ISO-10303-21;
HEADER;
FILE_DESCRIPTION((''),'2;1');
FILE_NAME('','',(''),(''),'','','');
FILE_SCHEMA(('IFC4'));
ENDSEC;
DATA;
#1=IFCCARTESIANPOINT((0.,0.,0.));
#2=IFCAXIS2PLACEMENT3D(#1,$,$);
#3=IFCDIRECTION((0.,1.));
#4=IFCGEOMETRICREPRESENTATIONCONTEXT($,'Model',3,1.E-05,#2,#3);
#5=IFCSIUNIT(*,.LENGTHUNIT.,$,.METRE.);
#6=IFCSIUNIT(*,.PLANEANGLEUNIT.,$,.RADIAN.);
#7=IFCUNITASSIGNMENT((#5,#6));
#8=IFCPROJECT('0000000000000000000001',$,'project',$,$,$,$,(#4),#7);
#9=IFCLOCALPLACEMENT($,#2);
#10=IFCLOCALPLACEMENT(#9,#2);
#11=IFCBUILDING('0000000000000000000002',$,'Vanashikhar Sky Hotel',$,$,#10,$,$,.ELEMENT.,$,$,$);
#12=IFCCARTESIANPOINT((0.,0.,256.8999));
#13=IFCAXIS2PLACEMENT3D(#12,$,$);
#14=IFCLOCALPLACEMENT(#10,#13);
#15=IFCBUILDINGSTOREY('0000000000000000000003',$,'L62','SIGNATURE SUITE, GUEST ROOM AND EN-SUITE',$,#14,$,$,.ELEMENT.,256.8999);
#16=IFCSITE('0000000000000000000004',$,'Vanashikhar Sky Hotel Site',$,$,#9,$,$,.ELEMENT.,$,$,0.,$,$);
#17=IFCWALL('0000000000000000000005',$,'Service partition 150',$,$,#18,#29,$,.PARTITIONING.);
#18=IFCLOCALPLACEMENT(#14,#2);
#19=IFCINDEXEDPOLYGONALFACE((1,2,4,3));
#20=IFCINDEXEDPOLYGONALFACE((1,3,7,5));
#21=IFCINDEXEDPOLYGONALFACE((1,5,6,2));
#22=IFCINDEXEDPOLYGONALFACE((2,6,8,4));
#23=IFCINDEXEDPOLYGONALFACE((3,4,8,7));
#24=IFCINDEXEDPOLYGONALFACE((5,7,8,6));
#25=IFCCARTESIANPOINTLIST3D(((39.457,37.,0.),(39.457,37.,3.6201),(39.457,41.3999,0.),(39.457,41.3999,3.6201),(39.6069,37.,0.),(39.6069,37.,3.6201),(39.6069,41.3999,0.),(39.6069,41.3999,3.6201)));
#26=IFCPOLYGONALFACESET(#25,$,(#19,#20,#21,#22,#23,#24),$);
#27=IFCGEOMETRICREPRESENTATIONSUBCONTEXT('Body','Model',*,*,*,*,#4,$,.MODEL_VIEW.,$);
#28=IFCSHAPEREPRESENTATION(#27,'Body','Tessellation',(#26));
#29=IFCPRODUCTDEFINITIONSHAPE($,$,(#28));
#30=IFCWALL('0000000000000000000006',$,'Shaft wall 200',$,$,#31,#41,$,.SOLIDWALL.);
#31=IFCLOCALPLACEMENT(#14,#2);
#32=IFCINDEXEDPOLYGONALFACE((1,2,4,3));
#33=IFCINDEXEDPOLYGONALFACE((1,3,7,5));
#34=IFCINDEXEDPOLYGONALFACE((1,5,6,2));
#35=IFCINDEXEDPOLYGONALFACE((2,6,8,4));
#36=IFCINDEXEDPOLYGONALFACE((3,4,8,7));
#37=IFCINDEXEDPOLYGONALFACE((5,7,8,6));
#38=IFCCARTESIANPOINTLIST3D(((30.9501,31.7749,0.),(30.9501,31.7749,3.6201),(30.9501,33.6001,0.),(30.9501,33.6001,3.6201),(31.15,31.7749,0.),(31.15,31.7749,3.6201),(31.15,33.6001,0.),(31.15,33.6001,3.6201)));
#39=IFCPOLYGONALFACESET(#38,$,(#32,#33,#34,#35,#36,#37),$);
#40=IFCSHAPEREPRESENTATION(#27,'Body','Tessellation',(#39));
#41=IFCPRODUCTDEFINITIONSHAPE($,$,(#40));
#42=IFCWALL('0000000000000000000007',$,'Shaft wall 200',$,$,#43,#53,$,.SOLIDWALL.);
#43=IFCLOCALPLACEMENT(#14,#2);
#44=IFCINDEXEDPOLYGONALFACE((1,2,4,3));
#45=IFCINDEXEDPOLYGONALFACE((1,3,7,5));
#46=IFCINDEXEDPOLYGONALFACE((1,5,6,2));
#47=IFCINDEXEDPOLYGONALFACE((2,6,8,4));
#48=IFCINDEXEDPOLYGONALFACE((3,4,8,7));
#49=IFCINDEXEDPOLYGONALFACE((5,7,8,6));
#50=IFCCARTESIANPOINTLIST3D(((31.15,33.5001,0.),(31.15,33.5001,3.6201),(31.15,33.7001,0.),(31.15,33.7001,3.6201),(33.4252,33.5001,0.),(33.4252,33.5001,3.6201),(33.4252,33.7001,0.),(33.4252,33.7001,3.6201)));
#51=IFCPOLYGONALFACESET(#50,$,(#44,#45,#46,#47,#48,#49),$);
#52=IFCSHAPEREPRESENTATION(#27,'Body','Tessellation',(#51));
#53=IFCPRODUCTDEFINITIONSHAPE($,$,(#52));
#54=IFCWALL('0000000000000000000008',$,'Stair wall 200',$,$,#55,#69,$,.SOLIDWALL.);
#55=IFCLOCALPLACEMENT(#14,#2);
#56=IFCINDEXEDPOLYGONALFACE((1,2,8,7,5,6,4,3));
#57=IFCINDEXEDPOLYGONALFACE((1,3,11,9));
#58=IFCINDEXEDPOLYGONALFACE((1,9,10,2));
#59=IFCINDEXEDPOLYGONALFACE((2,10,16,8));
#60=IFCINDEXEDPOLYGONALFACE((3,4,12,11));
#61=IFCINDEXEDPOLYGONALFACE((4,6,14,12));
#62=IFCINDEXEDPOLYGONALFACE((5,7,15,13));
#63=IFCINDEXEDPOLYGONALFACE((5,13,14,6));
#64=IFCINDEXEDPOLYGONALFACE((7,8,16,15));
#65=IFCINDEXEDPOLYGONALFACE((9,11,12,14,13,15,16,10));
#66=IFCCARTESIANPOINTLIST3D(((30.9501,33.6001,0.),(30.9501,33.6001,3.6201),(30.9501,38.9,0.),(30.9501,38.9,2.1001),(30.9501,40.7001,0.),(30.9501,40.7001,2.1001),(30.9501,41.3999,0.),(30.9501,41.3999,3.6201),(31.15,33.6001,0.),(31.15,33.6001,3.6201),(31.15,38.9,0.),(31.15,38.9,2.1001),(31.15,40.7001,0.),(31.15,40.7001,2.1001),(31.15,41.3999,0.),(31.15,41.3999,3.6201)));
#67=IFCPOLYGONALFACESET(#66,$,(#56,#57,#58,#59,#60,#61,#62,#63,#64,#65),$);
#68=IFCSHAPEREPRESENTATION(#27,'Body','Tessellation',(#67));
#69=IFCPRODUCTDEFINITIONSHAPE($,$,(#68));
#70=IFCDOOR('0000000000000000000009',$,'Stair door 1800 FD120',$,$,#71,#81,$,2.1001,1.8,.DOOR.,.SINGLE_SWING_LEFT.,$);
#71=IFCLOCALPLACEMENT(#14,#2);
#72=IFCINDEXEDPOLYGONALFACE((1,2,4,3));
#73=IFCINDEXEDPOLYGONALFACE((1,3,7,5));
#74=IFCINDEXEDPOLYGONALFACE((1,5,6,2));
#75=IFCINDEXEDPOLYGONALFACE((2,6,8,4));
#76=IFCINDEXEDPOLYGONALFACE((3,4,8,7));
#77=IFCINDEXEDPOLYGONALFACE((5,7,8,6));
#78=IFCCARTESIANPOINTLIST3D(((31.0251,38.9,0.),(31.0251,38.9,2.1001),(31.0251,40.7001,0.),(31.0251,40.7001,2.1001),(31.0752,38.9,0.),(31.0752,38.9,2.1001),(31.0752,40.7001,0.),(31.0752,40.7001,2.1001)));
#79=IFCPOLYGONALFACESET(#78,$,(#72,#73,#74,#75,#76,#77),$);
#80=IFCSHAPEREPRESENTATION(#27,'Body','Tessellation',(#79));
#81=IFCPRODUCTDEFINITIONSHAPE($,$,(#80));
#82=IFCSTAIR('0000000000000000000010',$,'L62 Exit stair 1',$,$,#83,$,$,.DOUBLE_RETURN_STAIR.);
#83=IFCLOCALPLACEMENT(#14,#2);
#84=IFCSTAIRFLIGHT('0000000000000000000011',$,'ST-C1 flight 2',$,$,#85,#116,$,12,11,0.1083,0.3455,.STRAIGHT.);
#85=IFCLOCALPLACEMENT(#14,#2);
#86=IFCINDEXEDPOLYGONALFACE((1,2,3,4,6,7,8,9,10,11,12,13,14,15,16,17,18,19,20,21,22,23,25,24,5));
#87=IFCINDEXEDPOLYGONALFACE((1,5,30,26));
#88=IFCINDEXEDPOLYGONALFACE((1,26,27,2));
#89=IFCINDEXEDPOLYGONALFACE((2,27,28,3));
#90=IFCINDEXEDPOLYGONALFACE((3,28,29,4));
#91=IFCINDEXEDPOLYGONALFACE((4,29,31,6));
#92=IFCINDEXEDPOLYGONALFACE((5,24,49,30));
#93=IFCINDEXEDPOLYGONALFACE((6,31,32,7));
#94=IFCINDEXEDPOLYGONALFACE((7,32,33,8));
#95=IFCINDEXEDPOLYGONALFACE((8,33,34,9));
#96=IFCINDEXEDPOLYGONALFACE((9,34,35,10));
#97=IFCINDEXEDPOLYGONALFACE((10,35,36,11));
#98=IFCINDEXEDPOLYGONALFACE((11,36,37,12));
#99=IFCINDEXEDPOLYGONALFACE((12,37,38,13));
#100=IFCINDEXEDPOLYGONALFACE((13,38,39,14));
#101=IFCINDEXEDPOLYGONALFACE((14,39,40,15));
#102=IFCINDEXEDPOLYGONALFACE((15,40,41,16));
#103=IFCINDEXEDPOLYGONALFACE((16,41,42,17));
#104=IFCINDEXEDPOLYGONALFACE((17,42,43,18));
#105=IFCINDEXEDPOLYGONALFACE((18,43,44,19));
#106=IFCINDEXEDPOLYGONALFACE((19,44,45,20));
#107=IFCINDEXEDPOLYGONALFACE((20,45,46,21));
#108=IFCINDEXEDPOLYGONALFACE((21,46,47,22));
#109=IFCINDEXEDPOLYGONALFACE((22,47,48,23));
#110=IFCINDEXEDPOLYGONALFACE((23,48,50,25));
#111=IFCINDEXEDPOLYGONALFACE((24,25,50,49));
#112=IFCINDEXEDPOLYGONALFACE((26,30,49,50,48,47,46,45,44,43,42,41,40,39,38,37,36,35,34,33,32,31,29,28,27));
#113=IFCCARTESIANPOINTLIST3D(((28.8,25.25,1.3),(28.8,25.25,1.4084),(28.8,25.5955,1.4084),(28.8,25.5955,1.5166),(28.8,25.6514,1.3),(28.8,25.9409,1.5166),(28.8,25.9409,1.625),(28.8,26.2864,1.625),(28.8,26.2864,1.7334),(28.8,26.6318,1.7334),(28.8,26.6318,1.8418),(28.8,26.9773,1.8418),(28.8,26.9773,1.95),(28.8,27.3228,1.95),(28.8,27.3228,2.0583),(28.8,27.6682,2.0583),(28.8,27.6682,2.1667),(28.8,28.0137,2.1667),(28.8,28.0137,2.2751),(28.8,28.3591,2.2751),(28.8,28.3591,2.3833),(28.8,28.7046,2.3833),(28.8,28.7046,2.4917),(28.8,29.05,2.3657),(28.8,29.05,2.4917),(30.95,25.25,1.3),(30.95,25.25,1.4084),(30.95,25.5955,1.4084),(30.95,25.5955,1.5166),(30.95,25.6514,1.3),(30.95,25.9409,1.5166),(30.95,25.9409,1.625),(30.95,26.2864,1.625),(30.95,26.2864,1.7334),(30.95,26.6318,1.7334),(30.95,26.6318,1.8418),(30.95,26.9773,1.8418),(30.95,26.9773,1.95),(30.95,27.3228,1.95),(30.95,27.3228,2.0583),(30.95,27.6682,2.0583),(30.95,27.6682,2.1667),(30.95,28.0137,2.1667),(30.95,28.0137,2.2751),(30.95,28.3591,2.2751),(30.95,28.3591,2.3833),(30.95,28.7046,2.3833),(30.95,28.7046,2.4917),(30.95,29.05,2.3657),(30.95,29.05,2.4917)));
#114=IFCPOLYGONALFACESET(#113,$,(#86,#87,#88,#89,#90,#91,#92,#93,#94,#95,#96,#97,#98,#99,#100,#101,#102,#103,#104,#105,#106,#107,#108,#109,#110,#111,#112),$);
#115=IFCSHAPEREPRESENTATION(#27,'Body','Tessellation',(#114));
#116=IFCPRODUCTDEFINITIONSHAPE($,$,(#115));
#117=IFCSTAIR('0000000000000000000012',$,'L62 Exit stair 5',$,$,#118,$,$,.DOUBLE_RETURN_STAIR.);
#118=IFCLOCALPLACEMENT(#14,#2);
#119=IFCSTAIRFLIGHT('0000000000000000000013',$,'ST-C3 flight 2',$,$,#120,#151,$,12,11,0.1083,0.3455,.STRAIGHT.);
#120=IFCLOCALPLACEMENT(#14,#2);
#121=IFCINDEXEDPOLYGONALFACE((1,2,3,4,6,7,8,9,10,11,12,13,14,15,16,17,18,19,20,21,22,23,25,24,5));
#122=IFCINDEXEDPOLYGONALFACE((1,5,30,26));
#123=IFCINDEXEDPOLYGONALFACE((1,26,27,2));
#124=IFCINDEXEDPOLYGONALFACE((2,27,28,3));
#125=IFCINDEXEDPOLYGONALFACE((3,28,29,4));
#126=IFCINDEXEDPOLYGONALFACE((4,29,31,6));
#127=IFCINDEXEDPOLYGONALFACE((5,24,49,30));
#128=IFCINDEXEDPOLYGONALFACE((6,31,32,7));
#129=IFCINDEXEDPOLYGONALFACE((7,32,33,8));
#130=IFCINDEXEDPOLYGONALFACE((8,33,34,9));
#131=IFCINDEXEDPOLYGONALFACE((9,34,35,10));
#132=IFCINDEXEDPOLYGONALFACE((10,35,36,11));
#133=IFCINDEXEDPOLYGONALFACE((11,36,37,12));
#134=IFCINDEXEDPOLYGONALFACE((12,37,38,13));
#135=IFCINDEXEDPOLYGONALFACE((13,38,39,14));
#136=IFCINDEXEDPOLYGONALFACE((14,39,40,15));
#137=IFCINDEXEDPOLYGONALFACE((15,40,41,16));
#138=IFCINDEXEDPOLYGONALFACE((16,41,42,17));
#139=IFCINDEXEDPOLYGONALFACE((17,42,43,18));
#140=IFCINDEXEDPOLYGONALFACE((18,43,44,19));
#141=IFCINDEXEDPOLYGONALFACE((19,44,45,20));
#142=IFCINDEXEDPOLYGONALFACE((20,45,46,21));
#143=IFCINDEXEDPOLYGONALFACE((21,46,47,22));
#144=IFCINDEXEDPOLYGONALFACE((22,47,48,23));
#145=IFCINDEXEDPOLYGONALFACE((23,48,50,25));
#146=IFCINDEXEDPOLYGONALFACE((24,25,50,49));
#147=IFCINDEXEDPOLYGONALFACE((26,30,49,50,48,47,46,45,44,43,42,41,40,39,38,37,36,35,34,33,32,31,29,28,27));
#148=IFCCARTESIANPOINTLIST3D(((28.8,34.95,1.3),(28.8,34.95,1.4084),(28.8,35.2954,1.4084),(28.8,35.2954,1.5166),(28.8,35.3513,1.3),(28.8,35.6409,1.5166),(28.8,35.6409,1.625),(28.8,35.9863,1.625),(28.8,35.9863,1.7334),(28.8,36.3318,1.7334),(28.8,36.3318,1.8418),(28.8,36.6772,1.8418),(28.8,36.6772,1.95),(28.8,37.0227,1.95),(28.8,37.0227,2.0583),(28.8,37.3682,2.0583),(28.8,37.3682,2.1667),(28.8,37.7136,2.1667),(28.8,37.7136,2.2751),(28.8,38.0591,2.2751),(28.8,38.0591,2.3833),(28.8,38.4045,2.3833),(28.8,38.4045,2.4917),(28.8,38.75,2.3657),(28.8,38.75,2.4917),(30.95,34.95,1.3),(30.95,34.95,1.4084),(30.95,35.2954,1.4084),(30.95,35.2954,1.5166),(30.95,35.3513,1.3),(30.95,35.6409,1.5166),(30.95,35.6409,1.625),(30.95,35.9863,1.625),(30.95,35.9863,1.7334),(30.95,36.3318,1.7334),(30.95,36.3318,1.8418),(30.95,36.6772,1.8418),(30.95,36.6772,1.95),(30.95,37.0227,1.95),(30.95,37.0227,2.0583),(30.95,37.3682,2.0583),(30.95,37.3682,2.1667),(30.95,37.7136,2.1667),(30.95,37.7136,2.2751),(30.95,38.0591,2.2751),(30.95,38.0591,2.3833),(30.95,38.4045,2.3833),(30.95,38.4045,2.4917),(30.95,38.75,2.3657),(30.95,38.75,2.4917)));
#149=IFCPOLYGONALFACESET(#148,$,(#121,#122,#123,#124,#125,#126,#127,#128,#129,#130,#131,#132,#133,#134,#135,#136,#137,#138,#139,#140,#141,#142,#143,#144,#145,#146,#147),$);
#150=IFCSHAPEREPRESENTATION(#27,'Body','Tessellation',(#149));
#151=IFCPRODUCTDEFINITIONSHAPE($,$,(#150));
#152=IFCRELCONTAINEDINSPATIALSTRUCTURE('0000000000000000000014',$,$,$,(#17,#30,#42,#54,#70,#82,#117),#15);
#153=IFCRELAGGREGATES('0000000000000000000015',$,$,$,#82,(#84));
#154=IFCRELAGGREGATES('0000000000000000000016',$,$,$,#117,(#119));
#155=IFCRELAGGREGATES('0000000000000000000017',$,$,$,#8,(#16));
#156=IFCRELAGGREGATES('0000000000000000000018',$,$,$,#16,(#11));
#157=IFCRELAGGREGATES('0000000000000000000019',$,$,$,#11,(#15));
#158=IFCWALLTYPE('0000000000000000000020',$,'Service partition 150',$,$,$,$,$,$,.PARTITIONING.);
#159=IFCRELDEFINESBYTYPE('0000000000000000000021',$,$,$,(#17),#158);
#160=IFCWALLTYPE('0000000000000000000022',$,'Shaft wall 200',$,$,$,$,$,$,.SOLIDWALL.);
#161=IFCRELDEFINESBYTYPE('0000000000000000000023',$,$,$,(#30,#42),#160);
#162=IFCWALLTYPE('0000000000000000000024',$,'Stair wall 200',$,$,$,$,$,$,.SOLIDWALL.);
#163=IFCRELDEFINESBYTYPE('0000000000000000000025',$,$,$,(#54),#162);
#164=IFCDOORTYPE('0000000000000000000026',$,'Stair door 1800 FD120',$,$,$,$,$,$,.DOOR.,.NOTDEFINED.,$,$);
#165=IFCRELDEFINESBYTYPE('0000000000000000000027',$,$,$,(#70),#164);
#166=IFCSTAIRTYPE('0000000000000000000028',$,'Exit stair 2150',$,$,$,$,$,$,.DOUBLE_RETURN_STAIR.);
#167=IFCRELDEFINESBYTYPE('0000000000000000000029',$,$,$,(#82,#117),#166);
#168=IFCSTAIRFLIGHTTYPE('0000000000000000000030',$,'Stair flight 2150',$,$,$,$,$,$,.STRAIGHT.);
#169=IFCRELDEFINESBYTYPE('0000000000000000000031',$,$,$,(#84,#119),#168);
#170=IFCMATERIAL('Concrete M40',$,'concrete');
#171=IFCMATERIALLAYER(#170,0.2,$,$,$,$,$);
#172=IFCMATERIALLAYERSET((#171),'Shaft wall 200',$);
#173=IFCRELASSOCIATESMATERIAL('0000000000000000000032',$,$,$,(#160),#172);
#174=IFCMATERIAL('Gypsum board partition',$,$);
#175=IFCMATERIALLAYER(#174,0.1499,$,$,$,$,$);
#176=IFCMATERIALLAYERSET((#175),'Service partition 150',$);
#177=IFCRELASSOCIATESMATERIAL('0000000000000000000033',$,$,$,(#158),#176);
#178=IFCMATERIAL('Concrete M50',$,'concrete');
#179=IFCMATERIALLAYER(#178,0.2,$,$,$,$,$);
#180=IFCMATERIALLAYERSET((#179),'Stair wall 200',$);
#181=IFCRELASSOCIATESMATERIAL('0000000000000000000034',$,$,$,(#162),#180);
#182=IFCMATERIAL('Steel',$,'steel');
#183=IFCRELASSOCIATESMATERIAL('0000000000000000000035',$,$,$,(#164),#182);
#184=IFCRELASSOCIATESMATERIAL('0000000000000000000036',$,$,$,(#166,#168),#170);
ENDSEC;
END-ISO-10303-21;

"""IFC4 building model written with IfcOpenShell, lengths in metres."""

from ifc_helpers import new_model, si_unit, direction, frame, frame_2d, origin, place, context, subcontext, project, spatial, polyline, rectangle, outline, extrude, source, transform, mapped, material, layer, layer_set, type_object, element, fill, aggregate, save


model = new_model("IFC4")

# Units and contexts
model_context = context("Model", 3, precision=1e-05, world=origin(), true_north=direction((0.0, 1.0)))
body_context = subcontext(model_context, "Body", "Model", "MODEL_VIEW")
ifc_project = project(units=[si_unit("LENGTHUNIT", "METRE"), si_unit("PLANEANGLEUNIT", "RADIAN")], contexts=[model_context])

# Site, building, storey
site_placement = place(None, origin())
site = spatial("IfcSite", under=ifc_project, at=site_placement, Name="Vanashikhar Sky Hotel Site", CompositionType="ELEMENT", RefElevation=0.0)
building_placement = place(site_placement, origin())
building = spatial("IfcBuilding", under=site, at=building_placement, Name="Vanashikhar Sky Hotel", CompositionType="ELEMENT")
storey_placement = place(building_placement, frame((0.0, 0.0, 256.8999)))
storey = spatial("IfcBuildingStorey", under=building, at=storey_placement, Name="L62", Description="SIGNATURE SUITE, GUEST ROOM AND EN-SUITE", CompositionType="ELEMENT", Elevation=256.8999)

# Shared definitions
ifc_material_1 = material(Name="Steel", Category="steel")

# Shared definitions
ifc_material_2 = material(Name="Concrete M40", Category="concrete")
ifc_layer_1 = layer(ifc_material_2, 0.2)
ifc_layer_set_1 = layer_set([ifc_layer_1], Name="Shaft wall 200")
wall_type_1 = type_object("IfcWallType", Name="Shaft wall 200", PredefinedType="SOLIDWALL", material=ifc_layer_set_1)

# Shared definitions
ifc_material_3 = material(Name="Gypsum board partition")
ifc_layer_2 = layer(ifc_material_3, 0.1499)
ifc_layer_set_2 = layer_set([ifc_layer_2], Name="Service partition 150")
wall_type_2 = type_object("IfcWallType", Name="Service partition 150", PredefinedType="PARTITIONING", material=ifc_layer_set_2)

# Walls
shared_shape_1 = source(origin(), body_context, "Body", "SweptSolid", [
    extrude(rectangle(XDim=4.3999, YDim=0.1499, at=frame_2d((2.2, 0.0))), origin(), (0.0, 0.0, 1.0), 3.6201),
])
for number, where, z_axis, x_axis, name in (
    (1, (39.532, 37.0, 0.0), (0.0, 0.0, 1.0), (0.0, 1.0, 0.0), "Service partition 150"),
):
    element("IfcWall", number, at=place(storey_placement, frame(where, z_axis=z_axis, x_axis=x_axis)), inside=storey, type_object=wall_type_2, Name=name, PredefinedType="PARTITIONING", context=body_context, shape_type="MappedRepresentation", body=[
        mapped(shared_shape_1, transform((0.0, 0.0, 0.0), scale=1.0)),
    ])
shared_shape_2 = source(origin(), body_context, "Body", "SweptSolid", [
    extrude(rectangle(XDim=1.8252, YDim=0.2, at=frame_2d((0.9126, 0.0))), origin(), (0.0, 0.0, 1.0), 3.6201),
])
wall_1_placement = place(storey_placement, frame((31.05, 31.7749, 0.0), z_axis=(0.0, 0.0, 1.0), x_axis=(0.0, 1.0, 0.0)))
element("IfcWall", 2, at=wall_1_placement, inside=storey, type_object=wall_type_1, Name="Shaft wall 200", PredefinedType="SOLIDWALL", context=body_context, shape_type="MappedRepresentation", body=[
    mapped(shared_shape_2, transform((0.0, 0.0, 0.0), scale=1.0)),
])
shared_shape_3 = source(origin(), body_context, "Body", "SweptSolid", [
    extrude(rectangle(XDim=2.2751, YDim=0.2, at=frame_2d((1.1377, 0.0))), origin(), (0.0, 0.0, 1.0), 3.6201),
])
wall_2_placement = place(storey_placement, frame((31.1499, 33.6001, 0.0), z_axis=(0.0, 0.0, 1.0), x_axis=(1.0, 0.0, 0.0)))
element("IfcWall", 3, at=wall_2_placement, inside=storey, type_object=wall_type_1, Name="Shaft wall 200", PredefinedType="SOLIDWALL", context=body_context, shape_type="MappedRepresentation", body=[
    mapped(shared_shape_3, transform((0.0, 0.0, 0.0), scale=1.0)),
])

# Wall, opening, door
ifc_material_4 = material(Name="Concrete M50", Category="concrete")
ifc_layer_3 = layer(ifc_material_4, 0.2)
ifc_layer_set_3 = layer_set([ifc_layer_3], Name="Stair wall 200")
wall_type_3 = type_object("IfcWallType", Name="Stair wall 200", PredefinedType="SOLIDWALL", material=ifc_layer_set_3)
shared_shape_4 = source(origin(), body_context, "Body", "SweptSolid", [
    extrude(rectangle(XDim=7.7998, YDim=0.2, at=frame_2d((3.8999, 0.0))), origin(), (0.0, 0.0, 1.0), 3.6201),
])
wall_3_placement = place(storey_placement, frame((31.05, 33.6001, 0.0), z_axis=(0.0, 0.0, 1.0), x_axis=(0.0, 1.0, 0.0)))
wall_3 = element("IfcWall", 4, at=wall_3_placement, inside=storey, type_object=wall_type_3, Name="Stair wall 200", PredefinedType="SOLIDWALL", context=body_context, shape_type="MappedRepresentation", body=[
    mapped(shared_shape_4, transform((0.0, 0.0, 0.0), scale=1.0)),
])
shared_shape_5 = source(origin(), body_context, "Body", "SweptSolid", [
    extrude(rectangle(XDim=1.8, YDim=2.1001, at=frame_2d((0.8999, 1.05))), frame((0.0, 0.1099, 0.0), z_axis=(0.0, -1.0, 0.0), x_axis=(1.0, 0.0, 0.0)), (0.0, 0.0, 1.0), 0.22),
])
opening_1_placement = place(wall_3_placement, frame((5.3, 0.0, 0.0)))
opening_1 = element("IfcOpeningElement", 5, at=opening_1_placement, cuts=wall_3, PredefinedType="OPENING", context=body_context, shape_type="MappedRepresentation", body=[
    mapped(shared_shape_5, transform((0.0, 0.0, 0.0), scale=1.0)),
])
door_type_1 = type_object("IfcDoorType", Name="Stair door 1800 FD120", OperationType="NOTDEFINED", PredefinedType="DOOR", material=ifc_material_1)
shared_shape_6 = source(origin(), body_context, "Body", "SweptSolid", [
    extrude(rectangle(XDim=1.8, YDim=2.1001, at=frame_2d((0.8999, 1.05))), frame((0.0, 0.0249, 0.0), z_axis=(0.0, -1.0, 0.0), x_axis=(1.0, 0.0, 0.0)), (0.0, 0.0, 1.0), 0.05),
])
door_1_placement = place(opening_1_placement, origin())
door_1 = element("IfcDoor", 6, at=door_1_placement, inside=storey, type_object=door_type_1, Name="Stair door 1800 FD120", OperationType="SINGLE_SWING_LEFT", OverallHeight=2.1001, OverallWidth=1.8, PredefinedType="DOOR", context=body_context, shape_type="MappedRepresentation", body=[
    mapped(shared_shape_6, transform((0.0, 0.0, 0.0), scale=1.0)),
])
fill(opening_1, door_1)

# Stairs, stair flights
stair_type = type_object("IfcStairType", Name="Exit stair 2150", PredefinedType="DOUBLE_RETURN_STAIR", material=ifc_material_2)
stair_1_placement = place(storey_placement, origin())
stair_1 = element("IfcStair", 7, at=stair_1_placement, inside=storey, type_object=stair_type, Name="L62 Exit stair 1", PredefinedType="DOUBLE_RETURN_STAIR")
stair_flight_type = type_object("IfcStairFlightType", Name="Stair flight 2150", PredefinedType="STRAIGHT", material=ifc_material_2)
shared_shape_7 = source(origin(), body_context, "Body", "SweptSolid", [
    extrude(outline(polyline([(0.0, 0.0), (0.0, 0.1084), (0.3455, 0.1084), (0.3455, 0.2166), (0.6909, 0.2166), (0.6909, 0.325), (1.0364, 0.325), (1.0364, 0.4333), (1.3818, 0.4333), (1.3818, 0.5417), (1.7273, 0.5417), (1.7273, 0.6499), (2.0728, 0.6499), (2.0728, 0.7583), (2.4182, 0.7583), (2.4182, 0.8667), (2.7637, 0.8667), (2.7637, 0.9751), (3.1091, 0.9751), (3.1091, 1.0833), (3.4546, 1.0833), (3.4546, 1.1917), (3.8, 1.1917), (3.8, 1.3), (3.8, 1.0657), (0.4014, 0.0), (0.0, 0.0)])), frame((0.0, 1.075, 0.0), z_axis=(0.0, -1.0, 0.0), x_axis=(1.0, 0.0, 0.0)), (0.0, 0.0, 1.0), 2.1499),
])
stair_flight_1_placement = place(storey_placement, frame((29.875, 25.25, 1.3), z_axis=(0.0, 0.0, 1.0), x_axis=(0.0, 1.0, 0.0)))
stair_flight_1 = element("IfcStairFlight", 8, at=stair_flight_1_placement, type_object=stair_flight_type, Name="ST-C1 flight 2", NumberOfRisers=12, NumberOfTreads=11, PredefinedType="STRAIGHT", RiserHeight=0.1083, TreadLength=0.3455, context=body_context, shape_type="MappedRepresentation", body=[
    mapped(shared_shape_7, transform((0.0, 0.0, 0.0), scale=1.0)),
])
aggregate(stair_1, [stair_flight_1])
stair_2_placement = place(storey_placement, origin())
stair_2 = element("IfcStair", 9, at=stair_2_placement, inside=storey, type_object=stair_type, Name="L62 Exit stair 5", PredefinedType="DOUBLE_RETURN_STAIR")
stair_flight_2_placement = place(storey_placement, frame((29.875, 34.95, 1.3), z_axis=(0.0, 0.0, 1.0), x_axis=(0.0, 1.0, 0.0)))
stair_flight_2 = element("IfcStairFlight", 10, at=stair_flight_2_placement, type_object=stair_flight_type, Name="ST-C3 flight 2", NumberOfRisers=12, NumberOfTreads=11, PredefinedType="STRAIGHT", RiserHeight=0.1083, TreadLength=0.3455, context=body_context, shape_type="MappedRepresentation", body=[
    mapped(shared_shape_7, transform((0.0, 0.0, 0.0), scale=1.0)),
])
aggregate(stair_2, [stair_flight_2])

save(model, "model.ifc")
